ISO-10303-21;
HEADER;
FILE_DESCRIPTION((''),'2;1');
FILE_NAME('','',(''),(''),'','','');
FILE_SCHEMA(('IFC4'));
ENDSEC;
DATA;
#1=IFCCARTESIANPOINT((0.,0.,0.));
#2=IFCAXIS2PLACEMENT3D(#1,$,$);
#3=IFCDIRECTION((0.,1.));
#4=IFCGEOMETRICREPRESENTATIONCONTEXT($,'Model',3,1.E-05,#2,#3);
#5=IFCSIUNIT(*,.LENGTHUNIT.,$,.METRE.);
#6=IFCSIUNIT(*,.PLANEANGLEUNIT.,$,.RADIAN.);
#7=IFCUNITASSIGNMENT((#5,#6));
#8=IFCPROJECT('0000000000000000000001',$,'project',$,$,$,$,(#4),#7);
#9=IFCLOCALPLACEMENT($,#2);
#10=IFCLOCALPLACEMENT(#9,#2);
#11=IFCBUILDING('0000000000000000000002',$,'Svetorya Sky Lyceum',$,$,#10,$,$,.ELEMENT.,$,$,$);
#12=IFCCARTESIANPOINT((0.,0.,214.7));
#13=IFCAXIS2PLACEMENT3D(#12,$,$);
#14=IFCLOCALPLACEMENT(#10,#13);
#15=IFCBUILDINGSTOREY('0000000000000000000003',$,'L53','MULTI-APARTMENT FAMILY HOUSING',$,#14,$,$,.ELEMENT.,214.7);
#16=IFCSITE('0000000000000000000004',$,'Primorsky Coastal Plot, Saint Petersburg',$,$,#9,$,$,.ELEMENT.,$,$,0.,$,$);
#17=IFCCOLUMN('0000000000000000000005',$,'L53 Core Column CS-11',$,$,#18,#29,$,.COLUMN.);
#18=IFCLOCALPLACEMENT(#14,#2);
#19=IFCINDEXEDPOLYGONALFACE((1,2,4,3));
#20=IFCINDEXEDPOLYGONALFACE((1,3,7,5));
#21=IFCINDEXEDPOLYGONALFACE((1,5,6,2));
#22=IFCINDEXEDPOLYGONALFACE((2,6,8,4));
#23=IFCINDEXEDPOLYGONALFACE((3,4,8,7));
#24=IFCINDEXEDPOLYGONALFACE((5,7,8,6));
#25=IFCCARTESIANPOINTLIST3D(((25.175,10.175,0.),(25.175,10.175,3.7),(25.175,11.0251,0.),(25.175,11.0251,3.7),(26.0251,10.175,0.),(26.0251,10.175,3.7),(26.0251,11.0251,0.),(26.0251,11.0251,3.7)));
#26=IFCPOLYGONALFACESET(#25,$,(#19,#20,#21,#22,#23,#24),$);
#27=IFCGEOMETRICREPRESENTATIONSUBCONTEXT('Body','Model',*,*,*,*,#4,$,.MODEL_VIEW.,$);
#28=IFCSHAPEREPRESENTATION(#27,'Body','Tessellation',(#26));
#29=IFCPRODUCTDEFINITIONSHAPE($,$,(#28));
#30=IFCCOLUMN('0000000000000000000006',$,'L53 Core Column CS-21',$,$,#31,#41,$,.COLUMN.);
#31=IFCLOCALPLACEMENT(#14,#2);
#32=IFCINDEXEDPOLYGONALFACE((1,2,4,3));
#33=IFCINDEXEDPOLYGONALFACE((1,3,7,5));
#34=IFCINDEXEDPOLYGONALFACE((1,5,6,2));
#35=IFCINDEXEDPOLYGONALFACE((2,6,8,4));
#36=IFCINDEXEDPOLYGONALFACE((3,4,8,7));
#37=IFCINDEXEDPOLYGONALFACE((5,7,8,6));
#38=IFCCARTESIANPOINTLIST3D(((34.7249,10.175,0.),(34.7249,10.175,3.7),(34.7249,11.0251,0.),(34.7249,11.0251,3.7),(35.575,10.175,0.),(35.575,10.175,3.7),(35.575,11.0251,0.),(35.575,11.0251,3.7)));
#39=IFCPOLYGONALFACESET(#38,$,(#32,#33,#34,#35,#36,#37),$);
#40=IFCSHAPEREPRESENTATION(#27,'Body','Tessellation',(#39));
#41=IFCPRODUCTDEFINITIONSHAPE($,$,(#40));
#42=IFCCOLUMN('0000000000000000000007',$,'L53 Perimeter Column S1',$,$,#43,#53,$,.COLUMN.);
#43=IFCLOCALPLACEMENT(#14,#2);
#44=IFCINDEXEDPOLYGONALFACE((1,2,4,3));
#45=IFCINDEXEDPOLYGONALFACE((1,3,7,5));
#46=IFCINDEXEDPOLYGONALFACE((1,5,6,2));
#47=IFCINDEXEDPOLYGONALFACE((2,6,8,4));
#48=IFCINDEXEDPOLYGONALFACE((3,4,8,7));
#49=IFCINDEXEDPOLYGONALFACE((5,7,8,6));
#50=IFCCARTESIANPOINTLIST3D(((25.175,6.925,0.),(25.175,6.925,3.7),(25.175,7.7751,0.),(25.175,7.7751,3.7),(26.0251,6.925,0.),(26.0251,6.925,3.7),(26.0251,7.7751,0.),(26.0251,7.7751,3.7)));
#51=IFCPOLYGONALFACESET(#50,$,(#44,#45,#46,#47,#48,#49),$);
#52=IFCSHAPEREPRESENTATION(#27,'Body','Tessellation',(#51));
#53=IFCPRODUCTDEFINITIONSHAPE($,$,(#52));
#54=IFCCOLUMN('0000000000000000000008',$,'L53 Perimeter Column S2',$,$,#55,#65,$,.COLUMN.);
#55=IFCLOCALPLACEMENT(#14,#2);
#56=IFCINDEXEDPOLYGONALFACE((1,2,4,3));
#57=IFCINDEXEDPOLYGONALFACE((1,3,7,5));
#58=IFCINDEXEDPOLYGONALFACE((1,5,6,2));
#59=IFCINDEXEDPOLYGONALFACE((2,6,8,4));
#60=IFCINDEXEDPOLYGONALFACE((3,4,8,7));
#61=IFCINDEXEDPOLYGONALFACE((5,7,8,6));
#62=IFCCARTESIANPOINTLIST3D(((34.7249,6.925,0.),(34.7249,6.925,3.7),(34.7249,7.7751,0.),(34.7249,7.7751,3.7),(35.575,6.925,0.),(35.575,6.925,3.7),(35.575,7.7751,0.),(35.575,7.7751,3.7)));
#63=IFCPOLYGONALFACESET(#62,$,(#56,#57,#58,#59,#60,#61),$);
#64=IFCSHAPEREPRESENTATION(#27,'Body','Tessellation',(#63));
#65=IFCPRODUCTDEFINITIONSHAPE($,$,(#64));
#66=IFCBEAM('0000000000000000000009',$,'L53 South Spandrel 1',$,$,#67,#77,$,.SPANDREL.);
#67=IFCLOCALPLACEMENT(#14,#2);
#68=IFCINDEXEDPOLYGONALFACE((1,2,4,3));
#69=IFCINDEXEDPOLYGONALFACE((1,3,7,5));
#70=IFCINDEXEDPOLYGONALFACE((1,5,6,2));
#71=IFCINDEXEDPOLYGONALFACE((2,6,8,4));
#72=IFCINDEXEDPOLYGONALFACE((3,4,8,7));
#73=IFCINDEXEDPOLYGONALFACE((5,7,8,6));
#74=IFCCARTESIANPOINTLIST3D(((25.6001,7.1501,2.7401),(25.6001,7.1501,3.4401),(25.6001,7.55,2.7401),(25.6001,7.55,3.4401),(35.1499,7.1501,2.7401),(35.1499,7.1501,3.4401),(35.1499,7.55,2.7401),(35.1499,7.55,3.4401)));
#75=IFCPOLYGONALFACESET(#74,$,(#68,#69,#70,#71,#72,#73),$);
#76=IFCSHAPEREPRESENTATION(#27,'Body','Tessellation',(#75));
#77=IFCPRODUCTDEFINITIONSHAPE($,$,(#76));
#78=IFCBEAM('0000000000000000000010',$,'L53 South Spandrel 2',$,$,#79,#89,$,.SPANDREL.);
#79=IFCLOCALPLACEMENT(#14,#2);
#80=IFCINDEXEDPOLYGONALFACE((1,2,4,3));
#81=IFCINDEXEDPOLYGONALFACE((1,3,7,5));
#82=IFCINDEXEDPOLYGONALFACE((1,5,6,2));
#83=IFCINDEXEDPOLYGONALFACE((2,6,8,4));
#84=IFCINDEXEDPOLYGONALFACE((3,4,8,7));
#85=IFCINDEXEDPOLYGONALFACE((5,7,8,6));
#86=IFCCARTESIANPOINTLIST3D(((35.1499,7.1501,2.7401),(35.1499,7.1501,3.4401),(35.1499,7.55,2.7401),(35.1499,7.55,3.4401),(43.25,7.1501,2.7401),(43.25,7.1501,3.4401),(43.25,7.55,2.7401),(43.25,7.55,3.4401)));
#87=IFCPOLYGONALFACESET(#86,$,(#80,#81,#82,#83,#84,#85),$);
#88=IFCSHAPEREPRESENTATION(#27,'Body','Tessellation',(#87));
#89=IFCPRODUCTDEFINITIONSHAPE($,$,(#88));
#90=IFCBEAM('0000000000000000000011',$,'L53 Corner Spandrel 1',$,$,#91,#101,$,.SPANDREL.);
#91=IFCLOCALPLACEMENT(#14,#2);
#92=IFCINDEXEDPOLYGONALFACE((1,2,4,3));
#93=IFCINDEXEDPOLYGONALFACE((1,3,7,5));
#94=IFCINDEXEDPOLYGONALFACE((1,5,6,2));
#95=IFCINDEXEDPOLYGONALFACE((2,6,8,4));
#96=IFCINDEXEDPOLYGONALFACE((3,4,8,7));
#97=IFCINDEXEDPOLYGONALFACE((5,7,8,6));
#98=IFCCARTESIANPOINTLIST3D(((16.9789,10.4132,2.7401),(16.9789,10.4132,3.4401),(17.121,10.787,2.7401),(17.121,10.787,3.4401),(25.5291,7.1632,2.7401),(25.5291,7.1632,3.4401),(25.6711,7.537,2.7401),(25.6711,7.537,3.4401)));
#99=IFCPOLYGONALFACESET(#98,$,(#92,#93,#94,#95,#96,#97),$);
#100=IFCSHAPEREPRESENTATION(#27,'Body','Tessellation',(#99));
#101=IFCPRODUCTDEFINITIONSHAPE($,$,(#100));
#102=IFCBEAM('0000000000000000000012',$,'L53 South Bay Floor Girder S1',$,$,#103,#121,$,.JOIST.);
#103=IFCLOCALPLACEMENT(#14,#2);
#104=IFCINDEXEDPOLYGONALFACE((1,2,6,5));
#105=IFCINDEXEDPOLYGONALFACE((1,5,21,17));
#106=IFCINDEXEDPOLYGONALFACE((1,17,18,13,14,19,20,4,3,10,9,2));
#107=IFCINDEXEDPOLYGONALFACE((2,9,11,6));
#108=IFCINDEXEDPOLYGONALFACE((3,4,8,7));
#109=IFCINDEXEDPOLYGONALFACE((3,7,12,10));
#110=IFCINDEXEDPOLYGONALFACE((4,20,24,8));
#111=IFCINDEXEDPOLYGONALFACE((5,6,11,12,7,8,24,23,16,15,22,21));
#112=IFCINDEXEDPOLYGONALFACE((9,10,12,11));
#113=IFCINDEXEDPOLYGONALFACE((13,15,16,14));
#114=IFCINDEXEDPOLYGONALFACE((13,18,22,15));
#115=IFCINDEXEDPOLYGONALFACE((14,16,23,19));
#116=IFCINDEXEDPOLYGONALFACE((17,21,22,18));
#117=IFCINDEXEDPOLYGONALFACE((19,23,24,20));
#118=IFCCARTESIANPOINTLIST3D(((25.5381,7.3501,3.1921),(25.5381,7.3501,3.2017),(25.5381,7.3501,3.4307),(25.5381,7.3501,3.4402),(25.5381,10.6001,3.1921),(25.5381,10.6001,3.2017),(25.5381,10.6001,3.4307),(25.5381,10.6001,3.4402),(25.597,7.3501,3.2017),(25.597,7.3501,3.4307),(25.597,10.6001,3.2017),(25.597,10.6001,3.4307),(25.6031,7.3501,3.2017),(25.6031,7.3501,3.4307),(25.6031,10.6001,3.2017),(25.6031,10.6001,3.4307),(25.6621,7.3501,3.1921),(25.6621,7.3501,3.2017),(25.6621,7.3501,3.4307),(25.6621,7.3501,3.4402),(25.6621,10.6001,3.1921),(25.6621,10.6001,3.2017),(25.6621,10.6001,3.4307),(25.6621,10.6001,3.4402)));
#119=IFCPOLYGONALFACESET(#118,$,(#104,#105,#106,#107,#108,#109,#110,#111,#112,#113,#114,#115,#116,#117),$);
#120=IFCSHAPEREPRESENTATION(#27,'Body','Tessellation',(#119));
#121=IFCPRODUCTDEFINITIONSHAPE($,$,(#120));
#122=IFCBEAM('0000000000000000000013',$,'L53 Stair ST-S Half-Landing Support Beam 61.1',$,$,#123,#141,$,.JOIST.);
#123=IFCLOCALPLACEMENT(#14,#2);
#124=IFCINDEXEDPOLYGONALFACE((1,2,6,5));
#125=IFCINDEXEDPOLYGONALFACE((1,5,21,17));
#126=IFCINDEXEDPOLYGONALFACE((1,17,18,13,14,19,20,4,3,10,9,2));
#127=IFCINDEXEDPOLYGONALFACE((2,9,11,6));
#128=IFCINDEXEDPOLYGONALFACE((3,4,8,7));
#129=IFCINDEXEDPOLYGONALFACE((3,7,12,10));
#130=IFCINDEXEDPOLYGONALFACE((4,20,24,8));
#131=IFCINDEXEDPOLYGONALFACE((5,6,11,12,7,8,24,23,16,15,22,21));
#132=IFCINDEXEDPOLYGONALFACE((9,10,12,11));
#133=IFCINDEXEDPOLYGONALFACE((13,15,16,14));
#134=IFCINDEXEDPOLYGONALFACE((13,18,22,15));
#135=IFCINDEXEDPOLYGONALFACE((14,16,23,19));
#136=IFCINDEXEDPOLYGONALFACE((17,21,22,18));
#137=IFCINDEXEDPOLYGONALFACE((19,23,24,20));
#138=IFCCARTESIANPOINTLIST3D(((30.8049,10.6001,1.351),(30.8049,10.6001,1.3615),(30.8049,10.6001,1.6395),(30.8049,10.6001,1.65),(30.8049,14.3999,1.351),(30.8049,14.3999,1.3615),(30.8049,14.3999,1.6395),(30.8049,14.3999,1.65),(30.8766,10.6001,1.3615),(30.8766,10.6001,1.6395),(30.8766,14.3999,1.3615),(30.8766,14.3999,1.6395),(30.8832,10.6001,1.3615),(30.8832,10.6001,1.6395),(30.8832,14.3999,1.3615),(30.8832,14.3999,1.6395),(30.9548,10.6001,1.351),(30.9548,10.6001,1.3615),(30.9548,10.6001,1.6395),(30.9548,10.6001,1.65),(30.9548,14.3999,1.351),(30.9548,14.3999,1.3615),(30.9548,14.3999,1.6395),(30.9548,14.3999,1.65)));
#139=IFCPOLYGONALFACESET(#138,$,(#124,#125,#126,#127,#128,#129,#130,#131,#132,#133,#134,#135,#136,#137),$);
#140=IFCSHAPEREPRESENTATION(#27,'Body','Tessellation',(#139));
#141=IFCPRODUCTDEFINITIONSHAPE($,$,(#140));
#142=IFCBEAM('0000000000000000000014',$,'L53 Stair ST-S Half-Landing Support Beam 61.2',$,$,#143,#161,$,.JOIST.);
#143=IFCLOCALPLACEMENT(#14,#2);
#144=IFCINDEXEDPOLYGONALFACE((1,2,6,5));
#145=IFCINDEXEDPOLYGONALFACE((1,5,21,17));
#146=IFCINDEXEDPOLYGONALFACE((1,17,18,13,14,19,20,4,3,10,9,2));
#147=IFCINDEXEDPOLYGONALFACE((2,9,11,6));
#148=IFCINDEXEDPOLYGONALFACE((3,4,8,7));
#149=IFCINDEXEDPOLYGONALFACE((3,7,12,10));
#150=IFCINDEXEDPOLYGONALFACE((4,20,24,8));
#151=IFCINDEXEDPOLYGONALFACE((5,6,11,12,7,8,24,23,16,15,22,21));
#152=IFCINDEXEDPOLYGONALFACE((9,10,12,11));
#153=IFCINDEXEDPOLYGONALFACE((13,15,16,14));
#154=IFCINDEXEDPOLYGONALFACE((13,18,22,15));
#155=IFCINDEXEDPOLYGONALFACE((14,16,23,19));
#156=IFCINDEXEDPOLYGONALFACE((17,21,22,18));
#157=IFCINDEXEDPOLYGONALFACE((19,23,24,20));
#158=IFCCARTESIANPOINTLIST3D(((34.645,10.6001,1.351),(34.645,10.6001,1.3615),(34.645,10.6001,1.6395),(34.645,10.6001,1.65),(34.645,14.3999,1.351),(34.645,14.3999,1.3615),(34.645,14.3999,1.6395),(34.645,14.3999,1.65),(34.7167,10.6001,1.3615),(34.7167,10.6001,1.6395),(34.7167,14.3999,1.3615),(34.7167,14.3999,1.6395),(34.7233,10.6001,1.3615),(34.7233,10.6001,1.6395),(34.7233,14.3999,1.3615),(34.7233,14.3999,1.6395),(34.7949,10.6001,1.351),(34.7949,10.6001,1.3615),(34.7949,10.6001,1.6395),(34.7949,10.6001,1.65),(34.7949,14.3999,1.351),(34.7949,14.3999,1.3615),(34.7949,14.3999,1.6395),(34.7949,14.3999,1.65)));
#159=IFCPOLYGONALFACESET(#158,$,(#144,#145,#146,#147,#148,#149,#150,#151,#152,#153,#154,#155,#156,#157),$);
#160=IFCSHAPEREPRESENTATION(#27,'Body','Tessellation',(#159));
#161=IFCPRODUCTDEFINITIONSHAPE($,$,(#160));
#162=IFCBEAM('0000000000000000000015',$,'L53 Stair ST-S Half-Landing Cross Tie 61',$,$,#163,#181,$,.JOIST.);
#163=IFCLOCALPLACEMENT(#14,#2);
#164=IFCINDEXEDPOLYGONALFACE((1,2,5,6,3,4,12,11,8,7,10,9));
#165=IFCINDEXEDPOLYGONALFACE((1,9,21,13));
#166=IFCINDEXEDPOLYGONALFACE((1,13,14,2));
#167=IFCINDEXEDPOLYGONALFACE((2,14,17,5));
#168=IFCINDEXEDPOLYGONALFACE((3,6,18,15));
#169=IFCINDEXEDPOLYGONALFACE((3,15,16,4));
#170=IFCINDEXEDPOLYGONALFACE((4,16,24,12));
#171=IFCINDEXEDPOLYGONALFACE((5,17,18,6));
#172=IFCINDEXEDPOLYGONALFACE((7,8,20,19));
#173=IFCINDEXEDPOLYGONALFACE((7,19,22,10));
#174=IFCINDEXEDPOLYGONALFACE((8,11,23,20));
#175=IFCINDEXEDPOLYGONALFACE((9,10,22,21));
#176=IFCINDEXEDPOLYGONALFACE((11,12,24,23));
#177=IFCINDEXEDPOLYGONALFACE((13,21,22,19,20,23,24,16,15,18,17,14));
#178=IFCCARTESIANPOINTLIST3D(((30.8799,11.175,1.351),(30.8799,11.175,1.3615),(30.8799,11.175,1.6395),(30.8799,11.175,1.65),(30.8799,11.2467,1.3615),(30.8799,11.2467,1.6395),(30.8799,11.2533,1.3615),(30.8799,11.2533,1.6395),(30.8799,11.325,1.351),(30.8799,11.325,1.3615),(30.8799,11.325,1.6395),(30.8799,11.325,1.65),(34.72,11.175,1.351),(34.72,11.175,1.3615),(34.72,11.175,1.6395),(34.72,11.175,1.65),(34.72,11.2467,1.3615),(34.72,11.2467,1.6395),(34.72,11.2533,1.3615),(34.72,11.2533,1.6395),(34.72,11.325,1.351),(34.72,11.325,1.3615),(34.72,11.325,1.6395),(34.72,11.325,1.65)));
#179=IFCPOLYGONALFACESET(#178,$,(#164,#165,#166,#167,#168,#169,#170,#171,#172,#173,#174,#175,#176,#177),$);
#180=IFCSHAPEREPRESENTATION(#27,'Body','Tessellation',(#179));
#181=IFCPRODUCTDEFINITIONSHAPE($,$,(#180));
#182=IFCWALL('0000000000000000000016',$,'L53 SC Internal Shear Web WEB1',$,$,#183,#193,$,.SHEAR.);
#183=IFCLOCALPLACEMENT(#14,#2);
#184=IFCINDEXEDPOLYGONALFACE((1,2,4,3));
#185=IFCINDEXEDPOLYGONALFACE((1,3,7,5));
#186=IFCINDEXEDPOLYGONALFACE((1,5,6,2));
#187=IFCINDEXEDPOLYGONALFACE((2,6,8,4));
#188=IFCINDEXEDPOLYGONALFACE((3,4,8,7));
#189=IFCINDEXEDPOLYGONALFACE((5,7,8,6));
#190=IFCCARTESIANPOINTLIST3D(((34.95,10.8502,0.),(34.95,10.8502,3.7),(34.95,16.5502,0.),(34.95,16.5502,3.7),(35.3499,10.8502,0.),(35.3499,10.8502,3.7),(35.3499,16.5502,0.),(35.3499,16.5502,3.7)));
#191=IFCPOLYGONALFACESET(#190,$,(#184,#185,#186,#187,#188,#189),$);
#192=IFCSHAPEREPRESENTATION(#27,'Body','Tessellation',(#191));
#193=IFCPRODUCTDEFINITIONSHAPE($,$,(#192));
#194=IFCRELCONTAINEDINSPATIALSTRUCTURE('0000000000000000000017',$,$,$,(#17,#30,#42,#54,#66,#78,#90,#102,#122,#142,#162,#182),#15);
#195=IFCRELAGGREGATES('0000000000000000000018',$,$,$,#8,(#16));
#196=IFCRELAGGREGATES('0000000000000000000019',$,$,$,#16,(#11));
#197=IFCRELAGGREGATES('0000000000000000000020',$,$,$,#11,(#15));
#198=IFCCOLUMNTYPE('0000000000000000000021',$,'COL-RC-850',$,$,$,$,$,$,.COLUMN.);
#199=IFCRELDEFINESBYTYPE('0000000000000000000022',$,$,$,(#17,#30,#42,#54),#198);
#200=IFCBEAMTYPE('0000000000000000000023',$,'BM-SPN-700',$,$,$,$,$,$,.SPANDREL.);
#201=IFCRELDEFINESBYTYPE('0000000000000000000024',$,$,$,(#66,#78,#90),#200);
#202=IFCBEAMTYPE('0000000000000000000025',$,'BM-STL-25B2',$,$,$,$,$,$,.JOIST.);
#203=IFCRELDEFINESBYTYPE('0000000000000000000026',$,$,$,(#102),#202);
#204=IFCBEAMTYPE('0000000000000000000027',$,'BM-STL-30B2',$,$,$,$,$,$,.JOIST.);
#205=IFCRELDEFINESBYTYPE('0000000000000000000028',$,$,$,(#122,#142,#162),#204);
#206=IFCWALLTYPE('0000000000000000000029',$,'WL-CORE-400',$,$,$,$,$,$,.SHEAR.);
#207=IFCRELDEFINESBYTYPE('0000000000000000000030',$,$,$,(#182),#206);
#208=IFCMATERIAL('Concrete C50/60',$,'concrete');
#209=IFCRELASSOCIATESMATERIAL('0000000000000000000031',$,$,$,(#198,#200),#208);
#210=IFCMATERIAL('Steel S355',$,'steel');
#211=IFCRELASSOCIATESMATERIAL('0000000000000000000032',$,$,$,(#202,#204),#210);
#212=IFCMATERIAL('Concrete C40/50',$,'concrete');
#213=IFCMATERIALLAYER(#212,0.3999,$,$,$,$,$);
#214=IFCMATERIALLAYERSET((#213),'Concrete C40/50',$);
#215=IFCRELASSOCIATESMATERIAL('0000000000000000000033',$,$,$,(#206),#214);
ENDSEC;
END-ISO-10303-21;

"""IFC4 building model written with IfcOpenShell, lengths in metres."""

from ifc_helpers import new_model, si_unit, direction, frame, frame_2d, origin, origin_2d, place, context, subcontext, project, spatial, rectangle, i_section, extrude, material, layer, layer_set, material_profile, profile_set, type_object, element, save


model = new_model("IFC4")

# Units and contexts
model_context = context("Model", 3, precision=1e-05, world=origin(), true_north=direction((0.0, 1.0)))
body_context = subcontext(model_context, "Body", "Model", "MODEL_VIEW")
ifc_project = project(units=[si_unit("LENGTHUNIT", "METRE"), si_unit("PLANEANGLEUNIT", "RADIAN")], contexts=[model_context])

# Site, building, storey
site_placement = place(None, origin())
site = spatial("IfcSite", under=ifc_project, at=site_placement, Name="Primorsky Coastal Plot, Saint Petersburg", CompositionType="ELEMENT", RefElevation=0.0)
building_placement = place(site_placement, origin())
building = spatial("IfcBuilding", under=site, at=building_placement, Name="Svetorya Sky Lyceum", CompositionType="ELEMENT")
storey_placement = place(building_placement, frame((0.0, 0.0, 214.7)))
storey = spatial("IfcBuildingStorey", under=building, at=storey_placement, Name="L53", Description="MULTI-APARTMENT FAMILY HOUSING", CompositionType="ELEMENT", Elevation=214.7)

# Columns
ifc_material_1 = material(Name="Concrete C50/60", Category="concrete")
ifc_material_profile_1 = material_profile(ifc_material_1, rectangle(XDim=0.8501, YDim=0.8501, at=origin_2d()), Name="RC COL 850x850")
ifc_profile_set_1 = profile_set([ifc_material_profile_1], Name="Concrete C50/60")
column_type = type_object("IfcColumnType", Name="COL-RC-850", PredefinedType="COLUMN", material=ifc_profile_set_1)
for number, where, z_axis, x_axis, name in (
    (1, (25.6001, 10.6001, 0.0), (0.0, 0.0, 1.0), (1.0, 0.0, 0.0), "L53 Core Column CS-11"),
    (2, (35.1499, 10.6001, 0.0), (0.0, 0.0, 1.0), (1.0, 0.0, 0.0), "L53 Core Column CS-21"),
    (3, (25.6001, 7.3501, 0.0), (0.0, 0.0, 1.0), (1.0, 0.0, 0.0), "L53 Perimeter Column S1"),
    (4, (35.1499, 7.3501, 0.0), (0.0, 0.0, 1.0), (1.0, 0.0, 0.0), "L53 Perimeter Column S2"),
):
    element("IfcColumn", number, at=place(storey_placement, frame(where, z_axis=z_axis, x_axis=x_axis)), inside=storey, type_object=column_type, Name=name, PredefinedType="COLUMN", context=body_context, shape_type="SweptSolid", body=[
        extrude(rectangle(XDim=0.8501, YDim=0.8501, at=origin_2d()), origin(), (0.0, 0.0, 1.0), 3.7),
    ])

# Beams
ifc_material_profile_2 = material_profile(ifc_material_1, rectangle(XDim=0.3999, YDim=0.7, at=origin_2d()), Name="RC SPANDREL 400x700")
ifc_profile_set_2 = profile_set([ifc_material_profile_2], Name="Concrete C50/60")
beam_type_1 = type_object("IfcBeamType", Name="BM-SPN-700", PredefinedType="SPANDREL", material=ifc_profile_set_2)
beam_1_placement = place(storey_placement, frame((25.6001, 7.3501, 3.0901), z_axis=(1.0, 0.0, 0.0), x_axis=(0.0, 1.0, 0.0)))
element("IfcBeam", 5, at=beam_1_placement, inside=storey, type_object=beam_type_1, Name="L53 South Spandrel 1", PredefinedType="SPANDREL", context=body_context, shape_type="SweptSolid", body=[
    extrude(rectangle(XDim=0.3999, YDim=0.7, at=origin_2d()), origin(), (0.0, 0.0, 1.0), 9.5498),
])
beam_2_placement = place(storey_placement, frame((35.1499, 7.3501, 3.0901), z_axis=(1.0, 0.0, 0.0), x_axis=(0.0, 1.0, 0.0)))
element("IfcBeam", 6, at=beam_2_placement, inside=storey, type_object=beam_type_1, Name="L53 South Spandrel 2", PredefinedType="SPANDREL", context=body_context, shape_type="SweptSolid", body=[
    extrude(rectangle(XDim=0.3999, YDim=0.7, at=origin_2d()), origin(), (0.0, 0.0, 1.0), 8.1001),
])
beam_3_placement = place(storey_placement, frame((25.6001, 7.3501, 3.0901), z_axis=(-0.934748, 0.355312, 0.0), x_axis=(-0.355312, -0.934748, 0.0)))
element("IfcBeam", 7, at=beam_3_placement, inside=storey, type_object=beam_type_1, Name="L53 Corner Spandrel 1", PredefinedType="SPANDREL", context=body_context, shape_type="SweptSolid", body=[
    extrude(rectangle(XDim=0.3999, YDim=0.7, at=origin_2d()), origin(), (0.0, 0.0, 1.0), 9.147),
])
ifc_material_2 = material(Name="Steel S355", Category="steel")
ifc_material_profile_3 = material_profile(ifc_material_2, i_section(OverallWidth=0.124, OverallDepth=0.248, WebThickness=0.0061, FlangeThickness=0.0095, at=origin_2d()), Name="GOST 25B2")
ifc_profile_set_3 = profile_set([ifc_material_profile_3], Name="Steel S355")
beam_type_2 = type_object("IfcBeamType", Name="BM-STL-25B2", PredefinedType="JOIST", material=ifc_profile_set_3)
beam_4_placement = place(storey_placement, frame((25.6001, 7.3501, 3.3162), z_axis=(0.0, 1.0, 0.0), x_axis=(-1.0, 0.0, 0.0)))
element("IfcBeam", 8, at=beam_4_placement, inside=storey, type_object=beam_type_2, Name="L53 South Bay Floor Girder S1", PredefinedType="JOIST", context=body_context, shape_type="SweptSolid", body=[
    extrude(i_section(OverallWidth=0.124, OverallDepth=0.248, WebThickness=0.0061, FlangeThickness=0.0095, at=origin_2d()), origin(), (0.0, 0.0, 1.0), 3.25),
])
ifc_material_profile_4 = material_profile(ifc_material_2, i_section(OverallWidth=0.1499, OverallDepth=0.2991, WebThickness=0.0066, FlangeThickness=0.0105, at=origin_2d()), Name="GOST 30B2")
ifc_profile_set_4 = profile_set([ifc_material_profile_4], Name="Steel S355")
beam_type_3 = type_object("IfcBeamType", Name="BM-STL-30B2", PredefinedType="JOIST", material=ifc_profile_set_4)
for number, where, z_axis, x_axis, name in (
    (9, (30.8799, 10.6001, 1.5005), (0.0, 1.0, 0.0), (-1.0, 0.0, 0.0), "L53 Stair ST-S Half-Landing Support Beam 61.1"),
    (10, (34.72, 10.6001, 1.5005), (0.0, 1.0, 0.0), (-1.0, 0.0, 0.0), "L53 Stair ST-S Half-Landing Support Beam 61.2"),
):
    element("IfcBeam", number, at=place(storey_placement, frame(where, z_axis=z_axis, x_axis=x_axis)), inside=storey, type_object=beam_type_3, Name=name, PredefinedType="JOIST", context=body_context, shape_type="SweptSolid", body=[
        extrude(i_section(OverallWidth=0.1499, OverallDepth=0.2991, WebThickness=0.0066, FlangeThickness=0.0105, at=origin_2d()), origin(), (0.0, 0.0, 1.0), 3.7998),
    ])
beam_5_placement = place(storey_placement, frame((30.8799, 11.25, 1.5005), z_axis=(1.0, 0.0, 0.0), x_axis=(0.0, 1.0, 0.0)))
element("IfcBeam", 11, at=beam_5_placement, inside=storey, type_object=beam_type_3, Name="L53 Stair ST-S Half-Landing Cross Tie 61", PredefinedType="JOIST", context=body_context, shape_type="SweptSolid", body=[
    extrude(i_section(OverallWidth=0.1499, OverallDepth=0.2991, WebThickness=0.0066, FlangeThickness=0.0105, at=origin_2d()), origin(), (0.0, 0.0, 1.0), 3.8401),
])

# Wall
ifc_material_3 = material(Name="Concrete C40/50", Category="concrete")
ifc_layer_1 = layer(ifc_material_3, 0.3999)
ifc_layer_set_1 = layer_set([ifc_layer_1], Name="Concrete C40/50")
wall_type_1 = type_object("IfcWallType", Name="WL-CORE-400", PredefinedType="SHEAR", material=ifc_layer_set_1)
wall_1_placement = place(storey_placement, frame((35.1499, 10.8501, 0.0), z_axis=(0.0, 0.0, 1.0), x_axis=(0.0, 1.0, 0.0)))
element("IfcWall", 12, at=wall_1_placement, inside=storey, type_object=wall_type_1, Name="L53 SC Internal Shear Web WEB1", PredefinedType="SHEAR", context=body_context, shape_type="SweptSolid", body=[
    extrude(rectangle(XDim=5.7, YDim=0.3999, at=frame_2d((2.8501, 0.0))), origin(), (0.0, 0.0, 1.0), 3.7),
])

save(model, "model.ifc")
